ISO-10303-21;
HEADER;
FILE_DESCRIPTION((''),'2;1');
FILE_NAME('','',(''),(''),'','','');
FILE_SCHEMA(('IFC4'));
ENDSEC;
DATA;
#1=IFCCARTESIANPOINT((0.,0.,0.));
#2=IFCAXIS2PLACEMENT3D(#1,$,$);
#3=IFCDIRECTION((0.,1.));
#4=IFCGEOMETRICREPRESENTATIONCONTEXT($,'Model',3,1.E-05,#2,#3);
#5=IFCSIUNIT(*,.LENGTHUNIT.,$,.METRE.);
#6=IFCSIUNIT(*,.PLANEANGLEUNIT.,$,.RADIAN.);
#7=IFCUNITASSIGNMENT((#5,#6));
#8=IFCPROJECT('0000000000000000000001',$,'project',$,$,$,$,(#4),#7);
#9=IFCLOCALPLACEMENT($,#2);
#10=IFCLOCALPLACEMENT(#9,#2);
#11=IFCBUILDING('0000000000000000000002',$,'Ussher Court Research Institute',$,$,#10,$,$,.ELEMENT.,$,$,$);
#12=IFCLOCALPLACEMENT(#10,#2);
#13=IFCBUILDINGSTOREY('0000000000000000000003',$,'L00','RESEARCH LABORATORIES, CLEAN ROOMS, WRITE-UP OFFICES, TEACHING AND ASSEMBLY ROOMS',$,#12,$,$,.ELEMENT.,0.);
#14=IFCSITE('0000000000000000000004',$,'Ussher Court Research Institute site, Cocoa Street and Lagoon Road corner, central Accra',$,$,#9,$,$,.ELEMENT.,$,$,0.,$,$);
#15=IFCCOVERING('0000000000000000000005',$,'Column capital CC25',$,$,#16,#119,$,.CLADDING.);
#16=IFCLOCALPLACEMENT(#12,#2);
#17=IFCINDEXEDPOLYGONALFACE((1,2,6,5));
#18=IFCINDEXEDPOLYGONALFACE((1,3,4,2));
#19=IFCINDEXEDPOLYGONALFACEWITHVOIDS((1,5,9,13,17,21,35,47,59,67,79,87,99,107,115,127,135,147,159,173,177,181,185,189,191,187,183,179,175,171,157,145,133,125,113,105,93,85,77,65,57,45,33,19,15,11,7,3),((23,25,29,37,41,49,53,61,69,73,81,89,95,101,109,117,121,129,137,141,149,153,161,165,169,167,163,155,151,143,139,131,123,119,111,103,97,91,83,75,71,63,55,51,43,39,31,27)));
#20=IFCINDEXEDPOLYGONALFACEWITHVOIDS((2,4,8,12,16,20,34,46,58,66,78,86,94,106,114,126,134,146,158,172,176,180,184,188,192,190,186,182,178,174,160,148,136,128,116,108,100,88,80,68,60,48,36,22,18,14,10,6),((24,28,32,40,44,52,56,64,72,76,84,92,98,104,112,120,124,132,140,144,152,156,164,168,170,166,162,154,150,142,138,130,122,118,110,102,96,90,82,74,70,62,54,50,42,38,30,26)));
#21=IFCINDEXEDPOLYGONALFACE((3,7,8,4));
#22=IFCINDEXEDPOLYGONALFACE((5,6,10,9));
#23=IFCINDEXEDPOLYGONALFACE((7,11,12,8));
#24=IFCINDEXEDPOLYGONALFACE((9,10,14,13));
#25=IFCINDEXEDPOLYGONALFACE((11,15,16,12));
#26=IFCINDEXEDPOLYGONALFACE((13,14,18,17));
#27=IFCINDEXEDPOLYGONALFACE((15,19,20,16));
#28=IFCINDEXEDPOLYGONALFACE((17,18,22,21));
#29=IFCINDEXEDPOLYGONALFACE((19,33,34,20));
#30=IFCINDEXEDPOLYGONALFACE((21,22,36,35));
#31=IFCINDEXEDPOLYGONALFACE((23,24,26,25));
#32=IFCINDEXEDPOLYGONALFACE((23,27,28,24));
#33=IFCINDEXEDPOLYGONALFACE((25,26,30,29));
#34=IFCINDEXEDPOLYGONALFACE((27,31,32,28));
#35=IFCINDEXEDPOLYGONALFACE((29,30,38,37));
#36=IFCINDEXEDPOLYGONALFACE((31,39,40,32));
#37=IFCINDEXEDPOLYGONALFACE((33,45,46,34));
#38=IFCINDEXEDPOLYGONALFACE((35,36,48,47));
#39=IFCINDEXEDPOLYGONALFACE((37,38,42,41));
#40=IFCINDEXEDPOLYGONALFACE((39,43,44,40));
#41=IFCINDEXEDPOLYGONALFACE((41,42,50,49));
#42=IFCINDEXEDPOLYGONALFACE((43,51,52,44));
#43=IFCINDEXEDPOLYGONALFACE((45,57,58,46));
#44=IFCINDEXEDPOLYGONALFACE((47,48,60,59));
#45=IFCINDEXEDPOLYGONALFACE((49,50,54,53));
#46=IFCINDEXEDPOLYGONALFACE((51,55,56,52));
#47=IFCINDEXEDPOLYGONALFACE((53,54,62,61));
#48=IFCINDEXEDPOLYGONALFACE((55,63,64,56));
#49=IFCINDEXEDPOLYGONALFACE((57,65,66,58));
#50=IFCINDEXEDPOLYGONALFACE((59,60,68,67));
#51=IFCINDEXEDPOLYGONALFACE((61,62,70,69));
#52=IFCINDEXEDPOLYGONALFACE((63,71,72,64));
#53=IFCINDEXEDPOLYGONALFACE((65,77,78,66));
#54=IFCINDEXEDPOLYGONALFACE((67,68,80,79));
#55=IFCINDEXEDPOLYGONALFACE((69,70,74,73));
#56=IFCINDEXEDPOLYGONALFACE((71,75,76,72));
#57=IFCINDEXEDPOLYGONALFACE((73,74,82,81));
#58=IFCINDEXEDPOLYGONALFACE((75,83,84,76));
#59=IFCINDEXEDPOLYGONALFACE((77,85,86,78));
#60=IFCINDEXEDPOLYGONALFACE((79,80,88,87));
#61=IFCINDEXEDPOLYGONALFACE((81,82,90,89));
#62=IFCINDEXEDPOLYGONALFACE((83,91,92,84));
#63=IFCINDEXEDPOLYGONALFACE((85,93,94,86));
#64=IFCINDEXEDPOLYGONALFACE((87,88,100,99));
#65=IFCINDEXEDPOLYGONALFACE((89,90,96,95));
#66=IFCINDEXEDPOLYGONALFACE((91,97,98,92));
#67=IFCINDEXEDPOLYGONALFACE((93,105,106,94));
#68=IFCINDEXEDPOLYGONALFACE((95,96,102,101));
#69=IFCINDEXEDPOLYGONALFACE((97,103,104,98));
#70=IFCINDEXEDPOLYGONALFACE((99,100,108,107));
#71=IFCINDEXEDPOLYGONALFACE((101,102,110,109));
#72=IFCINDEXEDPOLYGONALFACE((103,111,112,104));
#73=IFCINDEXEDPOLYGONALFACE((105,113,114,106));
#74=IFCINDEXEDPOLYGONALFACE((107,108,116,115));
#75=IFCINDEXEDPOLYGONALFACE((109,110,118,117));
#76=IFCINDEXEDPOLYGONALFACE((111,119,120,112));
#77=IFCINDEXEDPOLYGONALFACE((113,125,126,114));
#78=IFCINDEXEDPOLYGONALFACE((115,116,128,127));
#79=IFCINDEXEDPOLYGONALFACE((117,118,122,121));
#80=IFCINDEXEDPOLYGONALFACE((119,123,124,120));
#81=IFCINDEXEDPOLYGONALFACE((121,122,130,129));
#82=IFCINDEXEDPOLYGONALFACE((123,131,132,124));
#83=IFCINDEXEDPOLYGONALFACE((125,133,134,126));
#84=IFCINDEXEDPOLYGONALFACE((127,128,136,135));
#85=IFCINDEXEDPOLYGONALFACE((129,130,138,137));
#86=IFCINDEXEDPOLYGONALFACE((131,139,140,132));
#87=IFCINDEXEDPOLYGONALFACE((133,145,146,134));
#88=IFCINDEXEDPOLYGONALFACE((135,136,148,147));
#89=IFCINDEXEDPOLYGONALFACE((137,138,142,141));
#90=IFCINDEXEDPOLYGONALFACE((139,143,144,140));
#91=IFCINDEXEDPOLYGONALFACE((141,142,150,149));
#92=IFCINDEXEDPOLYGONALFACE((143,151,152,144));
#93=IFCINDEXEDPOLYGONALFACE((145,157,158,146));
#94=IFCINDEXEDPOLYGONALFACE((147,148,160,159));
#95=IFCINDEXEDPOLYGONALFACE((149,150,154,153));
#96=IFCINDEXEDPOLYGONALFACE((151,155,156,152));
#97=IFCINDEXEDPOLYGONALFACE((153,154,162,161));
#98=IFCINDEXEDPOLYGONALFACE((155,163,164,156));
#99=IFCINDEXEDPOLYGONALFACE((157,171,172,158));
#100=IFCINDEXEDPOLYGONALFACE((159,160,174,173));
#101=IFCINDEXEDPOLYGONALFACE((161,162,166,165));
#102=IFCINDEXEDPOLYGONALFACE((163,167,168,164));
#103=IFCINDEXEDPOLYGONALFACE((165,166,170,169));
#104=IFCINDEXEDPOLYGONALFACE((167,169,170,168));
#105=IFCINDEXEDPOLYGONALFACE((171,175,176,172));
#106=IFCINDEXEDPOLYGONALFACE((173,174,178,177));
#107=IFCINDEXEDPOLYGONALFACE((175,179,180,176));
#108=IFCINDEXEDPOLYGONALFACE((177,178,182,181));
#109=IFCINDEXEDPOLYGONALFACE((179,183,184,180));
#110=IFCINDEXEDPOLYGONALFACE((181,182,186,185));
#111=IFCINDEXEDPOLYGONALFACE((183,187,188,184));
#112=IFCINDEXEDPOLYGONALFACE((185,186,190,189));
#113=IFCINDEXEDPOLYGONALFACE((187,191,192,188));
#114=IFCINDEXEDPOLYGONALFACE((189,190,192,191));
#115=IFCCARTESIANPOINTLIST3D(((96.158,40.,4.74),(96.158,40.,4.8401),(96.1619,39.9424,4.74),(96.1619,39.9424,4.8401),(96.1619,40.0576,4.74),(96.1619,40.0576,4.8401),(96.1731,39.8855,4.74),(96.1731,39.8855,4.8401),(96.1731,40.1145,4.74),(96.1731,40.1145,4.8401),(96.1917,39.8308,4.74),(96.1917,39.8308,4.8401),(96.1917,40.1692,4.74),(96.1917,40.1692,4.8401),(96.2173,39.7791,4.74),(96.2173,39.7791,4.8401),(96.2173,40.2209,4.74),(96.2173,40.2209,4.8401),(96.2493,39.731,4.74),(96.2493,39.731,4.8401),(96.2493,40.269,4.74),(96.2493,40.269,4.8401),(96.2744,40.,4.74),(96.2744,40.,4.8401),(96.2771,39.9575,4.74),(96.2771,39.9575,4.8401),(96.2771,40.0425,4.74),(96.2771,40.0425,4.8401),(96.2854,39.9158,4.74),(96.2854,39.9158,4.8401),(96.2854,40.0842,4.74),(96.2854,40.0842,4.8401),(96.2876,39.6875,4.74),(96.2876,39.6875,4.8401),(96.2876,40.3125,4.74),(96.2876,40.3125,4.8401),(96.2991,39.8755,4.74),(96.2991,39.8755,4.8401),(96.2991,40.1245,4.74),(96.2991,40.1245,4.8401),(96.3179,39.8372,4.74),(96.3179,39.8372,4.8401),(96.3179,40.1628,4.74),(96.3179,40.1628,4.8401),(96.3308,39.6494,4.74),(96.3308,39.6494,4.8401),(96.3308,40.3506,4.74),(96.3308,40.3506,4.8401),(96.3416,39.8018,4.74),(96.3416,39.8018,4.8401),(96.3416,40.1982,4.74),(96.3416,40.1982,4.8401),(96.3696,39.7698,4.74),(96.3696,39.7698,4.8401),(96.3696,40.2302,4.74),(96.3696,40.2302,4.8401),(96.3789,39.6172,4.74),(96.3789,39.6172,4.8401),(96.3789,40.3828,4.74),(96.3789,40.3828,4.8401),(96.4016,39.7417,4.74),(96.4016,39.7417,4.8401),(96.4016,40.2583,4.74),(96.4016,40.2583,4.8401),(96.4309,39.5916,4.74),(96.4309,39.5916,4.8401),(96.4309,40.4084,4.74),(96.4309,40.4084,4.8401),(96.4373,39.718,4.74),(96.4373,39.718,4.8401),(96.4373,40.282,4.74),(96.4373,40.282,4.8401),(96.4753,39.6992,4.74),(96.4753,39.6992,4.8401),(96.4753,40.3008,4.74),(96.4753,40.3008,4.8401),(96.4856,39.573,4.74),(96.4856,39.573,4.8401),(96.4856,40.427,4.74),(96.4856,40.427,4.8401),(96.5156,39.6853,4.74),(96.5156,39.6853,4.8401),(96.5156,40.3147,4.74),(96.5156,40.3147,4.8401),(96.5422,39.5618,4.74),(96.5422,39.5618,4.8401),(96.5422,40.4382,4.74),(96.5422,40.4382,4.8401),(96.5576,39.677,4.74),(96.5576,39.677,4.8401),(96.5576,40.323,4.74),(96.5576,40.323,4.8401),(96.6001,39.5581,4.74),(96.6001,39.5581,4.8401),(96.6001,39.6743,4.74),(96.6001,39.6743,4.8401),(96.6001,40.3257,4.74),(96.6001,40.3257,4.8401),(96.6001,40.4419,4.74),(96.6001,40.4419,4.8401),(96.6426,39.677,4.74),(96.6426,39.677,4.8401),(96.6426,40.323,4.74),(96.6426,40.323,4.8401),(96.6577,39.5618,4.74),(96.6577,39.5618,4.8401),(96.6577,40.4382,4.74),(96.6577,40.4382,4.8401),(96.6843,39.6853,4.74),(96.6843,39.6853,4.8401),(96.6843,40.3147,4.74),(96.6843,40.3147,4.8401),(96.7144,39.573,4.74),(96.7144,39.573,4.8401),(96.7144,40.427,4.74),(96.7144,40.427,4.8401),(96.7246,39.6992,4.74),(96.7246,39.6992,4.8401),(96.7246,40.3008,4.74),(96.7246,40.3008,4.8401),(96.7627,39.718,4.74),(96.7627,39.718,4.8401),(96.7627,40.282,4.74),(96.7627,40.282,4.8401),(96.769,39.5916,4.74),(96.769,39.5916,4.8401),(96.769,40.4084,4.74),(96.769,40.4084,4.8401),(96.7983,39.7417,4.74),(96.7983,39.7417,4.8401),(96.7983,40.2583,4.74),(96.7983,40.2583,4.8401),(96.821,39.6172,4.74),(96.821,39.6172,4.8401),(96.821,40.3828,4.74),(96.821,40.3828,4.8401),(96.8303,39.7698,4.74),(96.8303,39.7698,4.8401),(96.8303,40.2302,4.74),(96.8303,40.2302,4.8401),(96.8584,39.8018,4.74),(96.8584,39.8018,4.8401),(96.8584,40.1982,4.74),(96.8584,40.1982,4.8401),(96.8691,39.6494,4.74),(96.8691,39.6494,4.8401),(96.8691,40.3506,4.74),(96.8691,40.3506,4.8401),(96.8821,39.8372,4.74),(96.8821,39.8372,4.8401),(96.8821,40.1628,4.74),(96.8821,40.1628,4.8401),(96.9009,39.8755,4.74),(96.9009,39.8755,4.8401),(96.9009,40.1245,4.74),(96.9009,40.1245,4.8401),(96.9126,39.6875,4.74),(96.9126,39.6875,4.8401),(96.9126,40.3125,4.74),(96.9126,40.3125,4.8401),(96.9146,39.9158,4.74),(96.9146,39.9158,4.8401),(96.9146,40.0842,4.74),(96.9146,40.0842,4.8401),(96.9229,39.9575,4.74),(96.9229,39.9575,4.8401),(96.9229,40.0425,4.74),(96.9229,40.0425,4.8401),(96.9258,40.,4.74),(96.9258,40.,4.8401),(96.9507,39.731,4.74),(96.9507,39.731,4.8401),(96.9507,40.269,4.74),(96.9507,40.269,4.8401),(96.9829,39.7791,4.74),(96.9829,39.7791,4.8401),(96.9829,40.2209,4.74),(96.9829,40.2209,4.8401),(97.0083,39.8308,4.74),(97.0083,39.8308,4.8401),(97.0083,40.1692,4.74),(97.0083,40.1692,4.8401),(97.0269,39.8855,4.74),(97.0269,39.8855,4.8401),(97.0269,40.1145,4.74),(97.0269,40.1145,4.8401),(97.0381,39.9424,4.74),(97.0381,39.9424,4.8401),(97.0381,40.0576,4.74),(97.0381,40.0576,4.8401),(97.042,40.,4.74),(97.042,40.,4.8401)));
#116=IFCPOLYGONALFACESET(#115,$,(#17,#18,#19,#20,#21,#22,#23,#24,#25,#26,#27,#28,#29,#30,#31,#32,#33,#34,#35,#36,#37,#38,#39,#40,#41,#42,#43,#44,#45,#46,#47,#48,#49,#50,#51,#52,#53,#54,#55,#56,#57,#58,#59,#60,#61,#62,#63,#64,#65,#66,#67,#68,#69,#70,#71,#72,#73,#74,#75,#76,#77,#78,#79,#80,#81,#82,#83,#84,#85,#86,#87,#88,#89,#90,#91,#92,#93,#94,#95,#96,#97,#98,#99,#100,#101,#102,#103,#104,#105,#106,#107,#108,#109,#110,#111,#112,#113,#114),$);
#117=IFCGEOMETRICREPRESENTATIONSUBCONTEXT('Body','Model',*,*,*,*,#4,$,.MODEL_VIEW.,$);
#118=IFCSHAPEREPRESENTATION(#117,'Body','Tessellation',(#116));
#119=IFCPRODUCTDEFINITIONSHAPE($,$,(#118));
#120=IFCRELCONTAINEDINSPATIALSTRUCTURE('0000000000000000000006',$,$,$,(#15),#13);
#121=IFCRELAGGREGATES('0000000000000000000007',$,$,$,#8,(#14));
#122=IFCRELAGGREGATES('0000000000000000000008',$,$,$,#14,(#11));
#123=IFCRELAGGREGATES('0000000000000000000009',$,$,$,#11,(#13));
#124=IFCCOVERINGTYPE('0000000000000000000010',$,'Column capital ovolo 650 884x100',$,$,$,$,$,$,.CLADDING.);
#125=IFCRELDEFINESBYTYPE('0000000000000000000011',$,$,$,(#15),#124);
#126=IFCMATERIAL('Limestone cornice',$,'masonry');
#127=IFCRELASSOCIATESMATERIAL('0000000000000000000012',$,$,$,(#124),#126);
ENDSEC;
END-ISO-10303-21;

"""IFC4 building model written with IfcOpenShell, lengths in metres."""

from ifc_helpers import new_model, si_unit, direction, frame, origin, place, context, subcontext, project, spatial, polyline, outline, extrude, material, type_object, element, save


model = new_model("IFC4")

# Units and contexts
model_context = context("Model", 3, precision=1e-05, world=origin(), true_north=direction((0.0, 1.0)))
body_context = subcontext(model_context, "Body", "Model", "MODEL_VIEW")
ifc_project = project(units=[si_unit("LENGTHUNIT", "METRE"), si_unit("PLANEANGLEUNIT", "RADIAN")], contexts=[model_context])

# Site, building, storey
site_placement = place(None, origin())
site = spatial("IfcSite", under=ifc_project, at=site_placement, Name="Ussher Court Research Institute site, Cocoa Street and Lagoon Road corner, central Accra", CompositionType="ELEMENT", RefElevation=0.0)
building_placement = place(site_placement, origin())
building = spatial("IfcBuilding", under=site, at=building_placement, Name="Ussher Court Research Institute", CompositionType="ELEMENT")
storey_placement = place(building_placement, origin())
storey = spatial("IfcBuildingStorey", under=building, at=storey_placement, Name="L00", Description="RESEARCH LABORATORIES, CLEAN ROOMS, WRITE-UP OFFICES, TEACHING AND ASSEMBLY ROOMS", CompositionType="ELEMENT", Elevation=0.0)

# Covering
ifc_material_1 = material(Name="Limestone cornice", Category="masonry")
covering_type_1 = type_object("IfcCoveringType", Name="Column capital ovolo 650 884x100", PredefinedType="CLADDING", material=ifc_material_1)
covering_1_placement = place(storey_placement, frame((0.0, 0.0, 4.74)))
element("IfcCovering", 1, at=covering_1_placement, inside=storey, type_object=covering_type_1, Name="Column capital CC25", PredefinedType="CLADDING", context=body_context, shape_type="SweptSolid", body=[
    extrude(outline(polyline([(97.042, 40.0), (97.0381, 40.0576), (97.0269, 40.1145), (97.0083, 40.1692), (96.9829, 40.2209), (96.9507, 40.269), (96.9126, 40.3125), (96.8691, 40.3506), (96.821, 40.3828), (96.769, 40.4084), (96.7144, 40.427), (96.6577, 40.4382), (96.6001, 40.4419), (96.5422, 40.4382), (96.4856, 40.427), (96.4309, 40.4084), (96.3789, 40.3828), (96.3308, 40.3506), (96.2876, 40.3125), (96.2493, 40.269), (96.2173, 40.2209), (96.1917, 40.1692), (96.1731, 40.1145), (96.1619, 40.0576), (96.158, 40.0), (96.1619, 39.9424), (96.1731, 39.8855), (96.1917, 39.8308), (96.2173, 39.7791), (96.2493, 39.731), (96.2876, 39.6875), (96.3308, 39.6494), (96.3789, 39.6172), (96.4309, 39.5916), (96.4856, 39.573), (96.5422, 39.5618), (96.6001, 39.5581), (96.6577, 39.5618), (96.7144, 39.573), (96.769, 39.5916), (96.821, 39.6172), (96.8691, 39.6494), (96.9126, 39.6875), (96.9507, 39.731), (96.9829, 39.7791), (97.0083, 39.8308), (97.0269, 39.8855), (97.0381, 39.9424), (97.042, 40.0)]), holes=[polyline([(96.9258, 40.0), (96.9229, 40.0425), (96.9146, 40.0842), (96.9009, 40.1245), (96.8821, 40.1628), (96.8584, 40.1982), (96.8303, 40.2302), (96.7983, 40.2583), (96.7627, 40.282), (96.7246, 40.3008), (96.6843, 40.3147), (96.6426, 40.323), (96.6001, 40.3257), (96.5576, 40.323), (96.5156, 40.3147), (96.4753, 40.3008), (96.4373, 40.282), (96.4016, 40.2583), (96.3696, 40.2302), (96.3416, 40.1982), (96.3179, 40.1628), (96.2991, 40.1245), (96.2854, 40.0842), (96.2771, 40.0425), (96.2744, 40.0), (96.2771, 39.9575), (96.2854, 39.9158), (96.2991, 39.8755), (96.3179, 39.8372), (96.3416, 39.8018), (96.3696, 39.7698), (96.4016, 39.7417), (96.4373, 39.718), (96.4753, 39.6992), (96.5156, 39.6853), (96.5576, 39.677), (96.6001, 39.6743), (96.6426, 39.677), (96.6843, 39.6853), (96.7246, 39.6992), (96.7627, 39.718), (96.7983, 39.7417), (96.8303, 39.7698), (96.8584, 39.8018), (96.8821, 39.8372), (96.9009, 39.8755), (96.9146, 39.9158), (96.9229, 39.9575), (96.9258, 40.0)])]), origin(), (0.0, 0.0, 1.0), 0.1001),
])

save(model, "model.ifc")
